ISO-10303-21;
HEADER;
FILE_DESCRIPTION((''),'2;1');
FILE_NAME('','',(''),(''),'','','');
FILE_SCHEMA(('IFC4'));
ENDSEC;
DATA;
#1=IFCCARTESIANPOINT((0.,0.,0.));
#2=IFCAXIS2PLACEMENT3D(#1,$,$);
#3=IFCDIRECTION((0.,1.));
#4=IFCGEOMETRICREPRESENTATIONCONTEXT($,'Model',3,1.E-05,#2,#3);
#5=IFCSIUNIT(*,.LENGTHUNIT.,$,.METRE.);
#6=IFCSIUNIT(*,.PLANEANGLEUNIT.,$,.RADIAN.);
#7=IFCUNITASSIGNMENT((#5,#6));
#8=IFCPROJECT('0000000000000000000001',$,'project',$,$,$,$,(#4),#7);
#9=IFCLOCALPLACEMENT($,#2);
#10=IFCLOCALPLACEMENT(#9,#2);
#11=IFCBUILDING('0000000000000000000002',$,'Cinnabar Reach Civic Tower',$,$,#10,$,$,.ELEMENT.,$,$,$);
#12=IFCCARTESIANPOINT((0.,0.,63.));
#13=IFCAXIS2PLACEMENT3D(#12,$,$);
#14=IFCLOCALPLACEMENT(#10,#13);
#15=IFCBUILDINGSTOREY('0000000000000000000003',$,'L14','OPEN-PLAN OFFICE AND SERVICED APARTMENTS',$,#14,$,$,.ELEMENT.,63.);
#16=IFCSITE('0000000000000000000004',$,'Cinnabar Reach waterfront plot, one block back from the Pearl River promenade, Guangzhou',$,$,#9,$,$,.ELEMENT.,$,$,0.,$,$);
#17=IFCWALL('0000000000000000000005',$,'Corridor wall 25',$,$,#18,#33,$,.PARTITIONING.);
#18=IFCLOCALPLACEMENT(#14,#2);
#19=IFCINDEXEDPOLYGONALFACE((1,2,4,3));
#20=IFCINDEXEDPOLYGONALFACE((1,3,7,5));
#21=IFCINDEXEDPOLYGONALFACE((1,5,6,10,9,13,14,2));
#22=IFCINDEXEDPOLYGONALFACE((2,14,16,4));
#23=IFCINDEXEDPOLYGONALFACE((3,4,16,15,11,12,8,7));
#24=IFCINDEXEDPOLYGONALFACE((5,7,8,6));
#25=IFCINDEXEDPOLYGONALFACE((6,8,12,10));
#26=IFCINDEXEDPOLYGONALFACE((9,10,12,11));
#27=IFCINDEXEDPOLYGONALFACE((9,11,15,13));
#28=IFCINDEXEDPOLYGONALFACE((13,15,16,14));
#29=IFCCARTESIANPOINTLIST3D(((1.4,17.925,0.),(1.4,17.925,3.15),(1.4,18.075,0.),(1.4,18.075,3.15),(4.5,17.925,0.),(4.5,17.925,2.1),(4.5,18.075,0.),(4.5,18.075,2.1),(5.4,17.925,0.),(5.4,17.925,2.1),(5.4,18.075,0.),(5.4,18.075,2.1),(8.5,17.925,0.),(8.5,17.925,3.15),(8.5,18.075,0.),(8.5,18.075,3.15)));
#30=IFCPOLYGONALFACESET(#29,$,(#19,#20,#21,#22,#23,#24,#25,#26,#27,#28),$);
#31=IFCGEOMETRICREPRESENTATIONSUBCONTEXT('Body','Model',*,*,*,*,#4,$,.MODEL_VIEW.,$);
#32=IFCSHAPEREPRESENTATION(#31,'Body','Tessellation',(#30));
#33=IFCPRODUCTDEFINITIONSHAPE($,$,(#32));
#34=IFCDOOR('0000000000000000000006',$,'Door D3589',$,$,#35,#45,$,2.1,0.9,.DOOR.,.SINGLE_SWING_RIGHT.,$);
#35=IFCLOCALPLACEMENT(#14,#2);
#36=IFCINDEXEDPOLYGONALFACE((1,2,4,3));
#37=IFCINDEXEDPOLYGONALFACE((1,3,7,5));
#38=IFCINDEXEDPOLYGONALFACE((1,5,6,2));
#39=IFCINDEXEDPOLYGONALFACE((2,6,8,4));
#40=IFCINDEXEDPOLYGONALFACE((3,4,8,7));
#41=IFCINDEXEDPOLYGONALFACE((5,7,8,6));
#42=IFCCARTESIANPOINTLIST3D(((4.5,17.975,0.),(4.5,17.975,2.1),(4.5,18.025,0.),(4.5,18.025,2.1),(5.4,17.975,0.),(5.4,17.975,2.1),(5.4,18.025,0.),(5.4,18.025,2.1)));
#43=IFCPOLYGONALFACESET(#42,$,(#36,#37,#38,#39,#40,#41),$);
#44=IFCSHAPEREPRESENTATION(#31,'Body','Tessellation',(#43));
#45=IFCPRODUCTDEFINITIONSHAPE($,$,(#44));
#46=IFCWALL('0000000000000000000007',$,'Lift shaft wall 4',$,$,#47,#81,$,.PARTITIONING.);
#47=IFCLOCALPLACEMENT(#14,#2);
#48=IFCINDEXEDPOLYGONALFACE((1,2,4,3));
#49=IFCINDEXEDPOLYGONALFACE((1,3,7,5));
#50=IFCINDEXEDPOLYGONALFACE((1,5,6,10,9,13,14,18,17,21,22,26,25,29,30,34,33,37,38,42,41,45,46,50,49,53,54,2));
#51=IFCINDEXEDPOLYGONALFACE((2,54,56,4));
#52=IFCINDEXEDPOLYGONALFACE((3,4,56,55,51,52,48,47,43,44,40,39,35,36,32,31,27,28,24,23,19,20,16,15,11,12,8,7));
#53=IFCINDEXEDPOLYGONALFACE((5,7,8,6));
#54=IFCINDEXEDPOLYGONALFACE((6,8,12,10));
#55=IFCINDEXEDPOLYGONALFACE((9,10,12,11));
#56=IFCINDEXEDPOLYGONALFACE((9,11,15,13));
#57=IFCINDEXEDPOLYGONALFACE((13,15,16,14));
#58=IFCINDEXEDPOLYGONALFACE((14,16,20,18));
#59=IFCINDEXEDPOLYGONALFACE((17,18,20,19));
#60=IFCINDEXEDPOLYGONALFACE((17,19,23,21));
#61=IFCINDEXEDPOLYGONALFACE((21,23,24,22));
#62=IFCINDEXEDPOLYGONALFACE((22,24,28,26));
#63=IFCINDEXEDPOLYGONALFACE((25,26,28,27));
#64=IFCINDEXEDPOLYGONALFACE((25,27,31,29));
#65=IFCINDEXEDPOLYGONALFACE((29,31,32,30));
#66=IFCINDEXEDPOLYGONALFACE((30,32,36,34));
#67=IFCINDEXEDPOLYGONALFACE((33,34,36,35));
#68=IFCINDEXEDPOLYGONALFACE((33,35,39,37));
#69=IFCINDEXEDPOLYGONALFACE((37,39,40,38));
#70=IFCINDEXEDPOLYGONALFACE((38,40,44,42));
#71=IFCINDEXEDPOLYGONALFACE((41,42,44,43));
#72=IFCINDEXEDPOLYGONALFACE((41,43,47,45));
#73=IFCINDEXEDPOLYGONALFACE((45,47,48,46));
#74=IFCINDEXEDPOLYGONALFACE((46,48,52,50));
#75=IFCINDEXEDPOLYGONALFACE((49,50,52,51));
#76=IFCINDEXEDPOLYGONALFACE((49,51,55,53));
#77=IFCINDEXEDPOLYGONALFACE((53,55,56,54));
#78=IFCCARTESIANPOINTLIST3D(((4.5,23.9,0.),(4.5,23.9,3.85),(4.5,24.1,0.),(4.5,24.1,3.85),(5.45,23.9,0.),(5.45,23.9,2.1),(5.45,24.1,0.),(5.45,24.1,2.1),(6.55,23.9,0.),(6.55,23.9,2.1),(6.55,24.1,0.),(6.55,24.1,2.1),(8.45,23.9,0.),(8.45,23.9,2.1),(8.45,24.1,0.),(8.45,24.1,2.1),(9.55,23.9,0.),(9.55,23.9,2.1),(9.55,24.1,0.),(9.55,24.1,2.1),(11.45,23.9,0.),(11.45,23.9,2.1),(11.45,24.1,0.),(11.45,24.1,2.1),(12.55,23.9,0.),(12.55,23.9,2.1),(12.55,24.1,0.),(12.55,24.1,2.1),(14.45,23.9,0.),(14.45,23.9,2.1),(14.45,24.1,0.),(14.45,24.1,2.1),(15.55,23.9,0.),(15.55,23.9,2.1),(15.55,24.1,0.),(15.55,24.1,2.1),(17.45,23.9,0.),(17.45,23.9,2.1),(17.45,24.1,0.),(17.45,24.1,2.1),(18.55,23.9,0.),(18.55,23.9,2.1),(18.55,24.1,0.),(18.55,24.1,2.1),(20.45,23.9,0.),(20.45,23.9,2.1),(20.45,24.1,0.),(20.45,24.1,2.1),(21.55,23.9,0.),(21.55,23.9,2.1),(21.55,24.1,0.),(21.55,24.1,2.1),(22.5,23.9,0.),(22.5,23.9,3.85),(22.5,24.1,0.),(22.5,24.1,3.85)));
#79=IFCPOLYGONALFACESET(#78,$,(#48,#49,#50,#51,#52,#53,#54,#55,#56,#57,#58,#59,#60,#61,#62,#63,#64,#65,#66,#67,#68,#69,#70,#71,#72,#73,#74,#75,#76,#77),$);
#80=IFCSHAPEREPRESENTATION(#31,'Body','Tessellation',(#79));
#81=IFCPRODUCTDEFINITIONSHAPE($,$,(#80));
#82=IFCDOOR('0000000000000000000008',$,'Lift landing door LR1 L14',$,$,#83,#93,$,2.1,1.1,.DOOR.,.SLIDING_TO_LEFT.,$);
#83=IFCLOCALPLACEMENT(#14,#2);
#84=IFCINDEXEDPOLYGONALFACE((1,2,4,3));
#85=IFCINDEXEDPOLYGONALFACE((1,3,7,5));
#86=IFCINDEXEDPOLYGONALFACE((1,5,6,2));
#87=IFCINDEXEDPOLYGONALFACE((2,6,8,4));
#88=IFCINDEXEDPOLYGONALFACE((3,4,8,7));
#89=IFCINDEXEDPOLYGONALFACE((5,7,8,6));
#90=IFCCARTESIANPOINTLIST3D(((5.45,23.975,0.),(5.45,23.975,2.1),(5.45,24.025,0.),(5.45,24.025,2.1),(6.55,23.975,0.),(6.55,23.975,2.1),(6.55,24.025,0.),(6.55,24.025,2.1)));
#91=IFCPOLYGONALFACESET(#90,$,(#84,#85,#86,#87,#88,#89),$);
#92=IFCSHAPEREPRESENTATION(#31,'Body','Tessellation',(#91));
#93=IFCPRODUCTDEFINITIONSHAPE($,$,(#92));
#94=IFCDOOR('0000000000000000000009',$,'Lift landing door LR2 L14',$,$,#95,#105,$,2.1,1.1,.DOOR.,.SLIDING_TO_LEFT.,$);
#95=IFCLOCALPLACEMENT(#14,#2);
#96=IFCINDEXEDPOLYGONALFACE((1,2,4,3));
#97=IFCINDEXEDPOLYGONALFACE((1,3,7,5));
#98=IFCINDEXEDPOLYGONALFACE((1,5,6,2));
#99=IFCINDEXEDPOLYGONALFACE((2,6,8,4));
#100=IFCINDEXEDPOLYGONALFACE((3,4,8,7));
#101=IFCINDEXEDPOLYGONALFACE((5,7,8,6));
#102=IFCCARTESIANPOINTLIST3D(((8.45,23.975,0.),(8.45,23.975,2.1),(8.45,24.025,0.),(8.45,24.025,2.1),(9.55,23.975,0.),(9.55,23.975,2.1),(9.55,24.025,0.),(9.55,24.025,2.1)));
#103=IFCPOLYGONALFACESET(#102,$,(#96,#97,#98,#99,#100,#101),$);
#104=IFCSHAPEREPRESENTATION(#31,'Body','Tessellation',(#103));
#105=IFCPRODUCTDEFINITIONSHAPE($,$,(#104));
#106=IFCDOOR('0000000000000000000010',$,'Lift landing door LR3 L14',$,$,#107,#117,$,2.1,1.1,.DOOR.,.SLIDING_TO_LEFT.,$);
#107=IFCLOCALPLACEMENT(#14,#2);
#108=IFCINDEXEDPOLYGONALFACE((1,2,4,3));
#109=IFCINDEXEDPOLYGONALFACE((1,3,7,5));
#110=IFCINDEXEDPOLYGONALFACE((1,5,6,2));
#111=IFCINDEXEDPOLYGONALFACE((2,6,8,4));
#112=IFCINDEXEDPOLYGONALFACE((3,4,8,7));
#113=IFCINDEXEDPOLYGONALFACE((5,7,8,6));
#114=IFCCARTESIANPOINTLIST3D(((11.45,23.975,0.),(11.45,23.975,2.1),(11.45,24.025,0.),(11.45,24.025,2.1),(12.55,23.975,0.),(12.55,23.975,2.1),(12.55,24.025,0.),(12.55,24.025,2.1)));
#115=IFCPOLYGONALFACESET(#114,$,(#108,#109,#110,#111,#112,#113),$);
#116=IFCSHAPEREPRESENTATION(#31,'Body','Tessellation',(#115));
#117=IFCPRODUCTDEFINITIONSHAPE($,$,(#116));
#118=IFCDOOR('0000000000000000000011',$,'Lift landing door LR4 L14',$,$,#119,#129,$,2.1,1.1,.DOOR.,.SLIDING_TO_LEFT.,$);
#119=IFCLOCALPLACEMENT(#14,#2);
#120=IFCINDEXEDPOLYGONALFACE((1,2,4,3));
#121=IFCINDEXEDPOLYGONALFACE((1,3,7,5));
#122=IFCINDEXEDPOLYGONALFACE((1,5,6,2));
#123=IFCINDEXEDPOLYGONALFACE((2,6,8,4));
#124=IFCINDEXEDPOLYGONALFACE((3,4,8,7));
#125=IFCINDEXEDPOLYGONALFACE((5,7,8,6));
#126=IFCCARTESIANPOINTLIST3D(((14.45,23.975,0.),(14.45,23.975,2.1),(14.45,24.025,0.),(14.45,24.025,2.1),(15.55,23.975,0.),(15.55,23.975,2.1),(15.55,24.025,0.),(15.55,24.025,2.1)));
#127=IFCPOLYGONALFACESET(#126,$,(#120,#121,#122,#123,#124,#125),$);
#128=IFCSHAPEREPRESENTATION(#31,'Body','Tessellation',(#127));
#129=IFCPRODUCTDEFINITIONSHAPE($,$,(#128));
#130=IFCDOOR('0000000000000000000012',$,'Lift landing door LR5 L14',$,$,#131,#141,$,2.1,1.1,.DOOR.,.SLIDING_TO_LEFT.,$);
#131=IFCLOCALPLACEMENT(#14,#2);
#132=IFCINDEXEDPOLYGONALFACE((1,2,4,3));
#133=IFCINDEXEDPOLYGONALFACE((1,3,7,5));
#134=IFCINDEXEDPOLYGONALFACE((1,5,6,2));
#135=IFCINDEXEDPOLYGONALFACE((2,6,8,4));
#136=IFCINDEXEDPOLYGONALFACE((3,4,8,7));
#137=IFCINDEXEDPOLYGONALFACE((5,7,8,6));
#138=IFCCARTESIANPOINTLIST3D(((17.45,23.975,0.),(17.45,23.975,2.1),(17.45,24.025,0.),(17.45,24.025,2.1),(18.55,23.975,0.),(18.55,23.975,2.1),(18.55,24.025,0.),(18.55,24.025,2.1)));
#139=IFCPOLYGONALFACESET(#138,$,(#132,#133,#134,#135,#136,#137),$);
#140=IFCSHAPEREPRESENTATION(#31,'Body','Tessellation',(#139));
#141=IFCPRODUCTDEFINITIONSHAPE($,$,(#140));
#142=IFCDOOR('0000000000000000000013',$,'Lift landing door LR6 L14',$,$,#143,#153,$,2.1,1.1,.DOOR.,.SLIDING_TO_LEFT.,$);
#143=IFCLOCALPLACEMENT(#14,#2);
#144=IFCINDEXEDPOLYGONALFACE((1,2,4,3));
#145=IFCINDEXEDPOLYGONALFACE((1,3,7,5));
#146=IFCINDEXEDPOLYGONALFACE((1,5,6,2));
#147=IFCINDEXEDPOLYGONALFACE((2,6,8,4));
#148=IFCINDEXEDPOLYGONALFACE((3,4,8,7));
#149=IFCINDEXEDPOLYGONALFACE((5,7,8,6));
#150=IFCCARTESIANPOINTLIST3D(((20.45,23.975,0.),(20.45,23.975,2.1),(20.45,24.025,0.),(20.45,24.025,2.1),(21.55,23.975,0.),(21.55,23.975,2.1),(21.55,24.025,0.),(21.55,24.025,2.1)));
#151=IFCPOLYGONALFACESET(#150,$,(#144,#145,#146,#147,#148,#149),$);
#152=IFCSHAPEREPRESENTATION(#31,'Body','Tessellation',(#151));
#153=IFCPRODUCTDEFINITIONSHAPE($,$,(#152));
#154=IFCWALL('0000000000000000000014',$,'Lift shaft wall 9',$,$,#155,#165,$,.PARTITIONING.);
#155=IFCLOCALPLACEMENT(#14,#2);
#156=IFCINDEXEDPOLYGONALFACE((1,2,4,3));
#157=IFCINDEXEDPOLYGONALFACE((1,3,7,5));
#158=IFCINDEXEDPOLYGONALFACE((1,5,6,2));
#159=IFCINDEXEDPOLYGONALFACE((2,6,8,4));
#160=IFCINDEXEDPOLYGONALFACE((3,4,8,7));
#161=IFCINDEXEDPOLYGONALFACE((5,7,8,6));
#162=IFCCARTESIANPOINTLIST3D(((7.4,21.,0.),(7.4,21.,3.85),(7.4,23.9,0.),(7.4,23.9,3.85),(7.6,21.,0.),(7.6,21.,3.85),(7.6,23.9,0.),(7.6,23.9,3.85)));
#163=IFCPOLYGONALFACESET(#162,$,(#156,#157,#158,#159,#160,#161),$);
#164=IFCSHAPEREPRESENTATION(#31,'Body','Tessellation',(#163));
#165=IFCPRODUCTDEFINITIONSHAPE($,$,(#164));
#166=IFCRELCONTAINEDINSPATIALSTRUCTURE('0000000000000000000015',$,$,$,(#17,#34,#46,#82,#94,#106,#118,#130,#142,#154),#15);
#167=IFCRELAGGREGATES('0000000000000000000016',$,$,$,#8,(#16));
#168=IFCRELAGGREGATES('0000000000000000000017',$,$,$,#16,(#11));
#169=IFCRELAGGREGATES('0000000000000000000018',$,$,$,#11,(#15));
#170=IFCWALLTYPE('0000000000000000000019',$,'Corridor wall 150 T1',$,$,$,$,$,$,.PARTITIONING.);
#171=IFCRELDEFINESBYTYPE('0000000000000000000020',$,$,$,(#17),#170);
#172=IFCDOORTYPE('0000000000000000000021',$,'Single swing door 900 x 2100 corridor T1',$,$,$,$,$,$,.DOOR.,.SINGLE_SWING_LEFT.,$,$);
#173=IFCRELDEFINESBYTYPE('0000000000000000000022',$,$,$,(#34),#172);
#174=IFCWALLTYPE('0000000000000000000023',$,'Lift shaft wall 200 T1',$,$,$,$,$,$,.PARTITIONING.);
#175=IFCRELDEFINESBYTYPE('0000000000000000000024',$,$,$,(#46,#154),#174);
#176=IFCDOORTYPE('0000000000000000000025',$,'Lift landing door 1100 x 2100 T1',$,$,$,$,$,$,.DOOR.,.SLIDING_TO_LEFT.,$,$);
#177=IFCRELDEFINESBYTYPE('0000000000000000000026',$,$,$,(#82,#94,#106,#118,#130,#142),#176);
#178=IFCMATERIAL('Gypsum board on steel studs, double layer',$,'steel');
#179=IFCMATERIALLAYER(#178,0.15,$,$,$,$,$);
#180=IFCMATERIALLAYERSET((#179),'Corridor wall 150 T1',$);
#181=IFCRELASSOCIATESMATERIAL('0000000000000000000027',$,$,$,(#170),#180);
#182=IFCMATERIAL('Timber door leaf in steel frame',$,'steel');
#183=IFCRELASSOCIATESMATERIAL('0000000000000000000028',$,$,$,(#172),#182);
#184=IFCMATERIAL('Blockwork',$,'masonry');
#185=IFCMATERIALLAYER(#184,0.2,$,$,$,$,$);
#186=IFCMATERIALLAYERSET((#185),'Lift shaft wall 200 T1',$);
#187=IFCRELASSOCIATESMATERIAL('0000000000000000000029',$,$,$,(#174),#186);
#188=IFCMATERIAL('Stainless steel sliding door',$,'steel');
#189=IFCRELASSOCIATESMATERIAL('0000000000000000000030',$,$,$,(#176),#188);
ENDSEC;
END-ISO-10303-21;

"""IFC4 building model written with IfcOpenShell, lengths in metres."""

from ifc_helpers import new_model, si_unit, direction, frame, frame_2d, origin, place, context, subcontext, project, spatial, rectangle, extrude, material, layer, layer_set, type_object, element, fill, save


model = new_model("IFC4")

# Units and contexts
model_context = context("Model", 3, precision=1e-05, world=origin(), true_north=direction((0.0, 1.0)))
body_context = subcontext(model_context, "Body", "Model", "MODEL_VIEW")
ifc_project = project(units=[si_unit("LENGTHUNIT", "METRE"), si_unit("PLANEANGLEUNIT", "RADIAN")], contexts=[model_context])

# Site, building, storey
site_placement = place(None, origin())
site = spatial("IfcSite", under=ifc_project, at=site_placement, Name="Cinnabar Reach waterfront plot, one block back from the Pearl River promenade, Guangzhou", CompositionType="ELEMENT", RefElevation=0.0)
building_placement = place(site_placement, origin())
building = spatial("IfcBuilding", under=site, at=building_placement, Name="Cinnabar Reach Civic Tower", CompositionType="ELEMENT")
storey_placement = place(building_placement, frame((0.0, 0.0, 63.0)))
storey = spatial("IfcBuildingStorey", under=building, at=storey_placement, Name="L14", Description="OPEN-PLAN OFFICE AND SERVICED APARTMENTS", CompositionType="ELEMENT", Elevation=63.0)

# Wall, opening, door
ifc_material_1 = material(Name="Gypsum board on steel studs, double layer", Category="steel")
ifc_layer_1 = layer(ifc_material_1, 0.15)
ifc_layer_set_1 = layer_set([ifc_layer_1], Name="Corridor wall 150 T1")
wall_type_1 = type_object("IfcWallType", Name="Corridor wall 150 T1", PredefinedType="PARTITIONING", material=ifc_layer_set_1)
wall_1_placement = place(storey_placement, frame((1.4, 18.0, 0.0), z_axis=(0.0, 0.0, 1.0), x_axis=(1.0, 0.0, 0.0)))
wall_1 = element("IfcWall", 1, at=wall_1_placement, inside=storey, type_object=wall_type_1, Name="Corridor wall 25", PredefinedType="PARTITIONING", context=body_context, shape_type="SweptSolid", body=[
    extrude(rectangle(XDim=7.1, YDim=0.15, at=frame_2d((3.55, 0.0))), origin(), (0.0, 0.0, 1.0), 3.15),
])
opening_1_placement = place(wall_1_placement, frame((3.1, 0.0, 0.0)))
opening_1 = element("IfcOpeningElement", 2, at=opening_1_placement, cuts=wall_1, PredefinedType="OPENING", context=body_context, shape_type="SweptSolid", body=[
    extrude(rectangle(XDim=0.9, YDim=2.1, at=frame_2d((0.45, 1.05))), frame((0.0, 0.085, 0.0), z_axis=(0.0, -1.0, 0.0), x_axis=(1.0, 0.0, 0.0)), (0.0, 0.0, 1.0), 0.17),
])
ifc_material_2 = material(Name="Timber door leaf in steel frame", Category="steel")
door_type_1 = type_object("IfcDoorType", Name="Single swing door 900 x 2100 corridor T1", OperationType="SINGLE_SWING_LEFT", PredefinedType="DOOR", material=ifc_material_2)
door_1_placement = place(opening_1_placement, frame((0.9, 0.0, 0.0), z_axis=(0.0, 0.0, 1.0), x_axis=(-1.0, 0.0, 0.0)))
door_1 = element("IfcDoor", 3, at=door_1_placement, inside=storey, type_object=door_type_1, Name="Door D3589", OperationType="SINGLE_SWING_RIGHT", OverallHeight=2.1, OverallWidth=0.9, PredefinedType="DOOR", context=body_context, shape_type="SweptSolid", body=[
    extrude(rectangle(XDim=0.9, YDim=2.1, at=frame_2d((0.45, 1.05))), frame((0.0, 0.025, 0.0), z_axis=(0.0, -1.0, 0.0), x_axis=(1.0, 0.0, 0.0)), (0.0, 0.0, 1.0), 0.05),
])
fill(opening_1, door_1)

# Wall, openings, doors
ifc_material_3 = material(Name="Blockwork", Category="masonry")
ifc_layer_2 = layer(ifc_material_3, 0.2)
ifc_layer_set_2 = layer_set([ifc_layer_2], Name="Lift shaft wall 200 T1")
wall_type_2 = type_object("IfcWallType", Name="Lift shaft wall 200 T1", PredefinedType="PARTITIONING", material=ifc_layer_set_2)
wall_2_placement = place(storey_placement, frame((4.5, 24.0, 0.0), z_axis=(0.0, 0.0, 1.0), x_axis=(1.0, 0.0, 0.0)))
wall_2 = element("IfcWall", 4, at=wall_2_placement, inside=storey, type_object=wall_type_2, Name="Lift shaft wall 4", PredefinedType="PARTITIONING", context=body_context, shape_type="SweptSolid", body=[
    extrude(rectangle(XDim=18.0, YDim=0.2, at=frame_2d((9.0, 0.0))), origin(), (0.0, 0.0, 1.0), 3.85),
])
opening_2_placement = place(wall_2_placement, frame((0.95, 0.0, 0.0)))
opening_2 = element("IfcOpeningElement", 5, at=opening_2_placement, cuts=wall_2, PredefinedType="OPENING", context=body_context, shape_type="SweptSolid", body=[
    extrude(rectangle(XDim=1.1, YDim=2.1, at=frame_2d((0.55, 1.05))), frame((0.0, 0.11, 0.0), z_axis=(0.0, -1.0, 0.0), x_axis=(1.0, 0.0, 0.0)), (0.0, 0.0, 1.0), 0.22),
])
opening_3_placement = place(wall_2_placement, frame((3.95, 0.0, 0.0)))
opening_3 = element("IfcOpeningElement", 6, at=opening_3_placement, cuts=wall_2, PredefinedType="OPENING", context=body_context, shape_type="SweptSolid", body=[
    extrude(rectangle(XDim=1.1, YDim=2.1, at=frame_2d((0.55, 1.05))), frame((0.0, 0.11, 0.0), z_axis=(0.0, -1.0, 0.0), x_axis=(1.0, 0.0, 0.0)), (0.0, 0.0, 1.0), 0.22),
])
opening_4_placement = place(wall_2_placement, frame((6.95, 0.0, 0.0)))
opening_4 = element("IfcOpeningElement", 7, at=opening_4_placement, cuts=wall_2, PredefinedType="OPENING", context=body_context, shape_type="SweptSolid", body=[
    extrude(rectangle(XDim=1.1, YDim=2.1, at=frame_2d((0.55, 1.05))), frame((0.0, 0.11, 0.0), z_axis=(0.0, -1.0, 0.0), x_axis=(1.0, 0.0, 0.0)), (0.0, 0.0, 1.0), 0.22),
])
opening_5_placement = place(wall_2_placement, frame((9.95, 0.0, 0.0)))
opening_5 = element("IfcOpeningElement", 8, at=opening_5_placement, cuts=wall_2, PredefinedType="OPENING", context=body_context, shape_type="SweptSolid", body=[
    extrude(rectangle(XDim=1.1, YDim=2.1, at=frame_2d((0.55, 1.05))), frame((0.0, 0.11, 0.0), z_axis=(0.0, -1.0, 0.0), x_axis=(1.0, 0.0, 0.0)), (0.0, 0.0, 1.0), 0.22),
])
opening_6_placement = place(wall_2_placement, frame((12.95, 0.0, 0.0)))
opening_6 = element("IfcOpeningElement", 9, at=opening_6_placement, cuts=wall_2, PredefinedType="OPENING", context=body_context, shape_type="SweptSolid", body=[
    extrude(rectangle(XDim=1.1, YDim=2.1, at=frame_2d((0.55, 1.05))), frame((0.0, 0.11, 0.0), z_axis=(0.0, -1.0, 0.0), x_axis=(1.0, 0.0, 0.0)), (0.0, 0.0, 1.0), 0.22),
])
opening_7_placement = place(wall_2_placement, frame((15.95, 0.0, 0.0)))
opening_7 = element("IfcOpeningElement", 10, at=opening_7_placement, cuts=wall_2, PredefinedType="OPENING", context=body_context, shape_type="SweptSolid", body=[
    extrude(rectangle(XDim=1.1, YDim=2.1, at=frame_2d((0.55, 1.05))), frame((0.0, 0.11, 0.0), z_axis=(0.0, -1.0, 0.0), x_axis=(1.0, 0.0, 0.0)), (0.0, 0.0, 1.0), 0.22),
])
ifc_material_4 = material(Name="Stainless steel sliding door", Category="steel")
door_type_2 = type_object("IfcDoorType", Name="Lift landing door 1100 x 2100 T1", OperationType="SLIDING_TO_LEFT", PredefinedType="DOOR", material=ifc_material_4)
door_2_placement = place(opening_2_placement, origin())
door_2 = element("IfcDoor", 11, at=door_2_placement, inside=storey, type_object=door_type_2, Name="Lift landing door LR1 L14", OperationType="SLIDING_TO_LEFT", OverallHeight=2.1, OverallWidth=1.1, PredefinedType="DOOR", context=body_context, shape_type="SweptSolid", body=[
    extrude(rectangle(XDim=1.1, YDim=2.1, at=frame_2d((0.55, 1.05))), frame((0.0, 0.025, 0.0), z_axis=(0.0, -1.0, 0.0), x_axis=(1.0, 0.0, 0.0)), (0.0, 0.0, 1.0), 0.05),
])
fill(opening_2, door_2)
door_3_placement = place(opening_3_placement, origin())
door_3 = element("IfcDoor", 12, at=door_3_placement, inside=storey, type_object=door_type_2, Name="Lift landing door LR2 L14", OperationType="SLIDING_TO_LEFT", OverallHeight=2.1, OverallWidth=1.1, PredefinedType="DOOR", context=body_context, shape_type="SweptSolid", body=[
    extrude(rectangle(XDim=1.1, YDim=2.1, at=frame_2d((0.55, 1.05))), frame((0.0, 0.025, 0.0), z_axis=(0.0, -1.0, 0.0), x_axis=(1.0, 0.0, 0.0)), (0.0, 0.0, 1.0), 0.05),
])
fill(opening_3, door_3)
door_4_placement = place(opening_4_placement, origin())
door_4 = element("IfcDoor", 13, at=door_4_placement, inside=storey, type_object=door_type_2, Name="Lift landing door LR3 L14", OperationType="SLIDING_TO_LEFT", OverallHeight=2.1, OverallWidth=1.1, PredefinedType="DOOR", context=body_context, shape_type="SweptSolid", body=[
    extrude(rectangle(XDim=1.1, YDim=2.1, at=frame_2d((0.55, 1.05))), frame((0.0, 0.025, 0.0), z_axis=(0.0, -1.0, 0.0), x_axis=(1.0, 0.0, 0.0)), (0.0, 0.0, 1.0), 0.05),
])
fill(opening_4, door_4)
door_5_placement = place(opening_5_placement, origin())
door_5 = element("IfcDoor", 14, at=door_5_placement, inside=storey, type_object=door_type_2, Name="Lift landing door LR4 L14", OperationType="SLIDING_TO_LEFT", OverallHeight=2.1, OverallWidth=1.1, PredefinedType="DOOR", context=body_context, shape_type="SweptSolid", body=[
    extrude(rectangle(XDim=1.1, YDim=2.1, at=frame_2d((0.55, 1.05))), frame((0.0, 0.025, 0.0), z_axis=(0.0, -1.0, 0.0), x_axis=(1.0, 0.0, 0.0)), (0.0, 0.0, 1.0), 0.05),
])
fill(opening_5, door_5)
door_6_placement = place(opening_6_placement, origin())
door_6 = element("IfcDoor", 15, at=door_6_placement, inside=storey, type_object=door_type_2, Name="Lift landing door LR5 L14", OperationType="SLIDING_TO_LEFT", OverallHeight=2.1, OverallWidth=1.1, PredefinedType="DOOR", context=body_context, shape_type="SweptSolid", body=[
    extrude(rectangle(XDim=1.1, YDim=2.1, at=frame_2d((0.55, 1.05))), frame((0.0, 0.025, 0.0), z_axis=(0.0, -1.0, 0.0), x_axis=(1.0, 0.0, 0.0)), (0.0, 0.0, 1.0), 0.05),
])
fill(opening_6, door_6)
door_7_placement = place(opening_7_placement, origin())
door_7 = element("IfcDoor", 16, at=door_7_placement, inside=storey, type_object=door_type_2, Name="Lift landing door LR6 L14", OperationType="SLIDING_TO_LEFT", OverallHeight=2.1, OverallWidth=1.1, PredefinedType="DOOR", context=body_context, shape_type="SweptSolid", body=[
    extrude(rectangle(XDim=1.1, YDim=2.1, at=frame_2d((0.55, 1.05))), frame((0.0, 0.025, 0.0), z_axis=(0.0, -1.0, 0.0), x_axis=(1.0, 0.0, 0.0)), (0.0, 0.0, 1.0), 0.05),
])
fill(opening_7, door_7)

# Wall
wall_3_placement = place(storey_placement, frame((7.5, 21.0, 0.0), z_axis=(0.0, 0.0, 1.0), x_axis=(0.0, 1.0, 0.0)))
element("IfcWall", 17, at=wall_3_placement, inside=storey, type_object=wall_type_2, Name="Lift shaft wall 9", PredefinedType="PARTITIONING", context=body_context, shape_type="SweptSolid", body=[
    extrude(rectangle(XDim=2.9, YDim=0.2, at=frame_2d((1.45, 0.0))), origin(), (0.0, 0.0, 1.0), 3.85),
])

save(model, "model.ifc")
